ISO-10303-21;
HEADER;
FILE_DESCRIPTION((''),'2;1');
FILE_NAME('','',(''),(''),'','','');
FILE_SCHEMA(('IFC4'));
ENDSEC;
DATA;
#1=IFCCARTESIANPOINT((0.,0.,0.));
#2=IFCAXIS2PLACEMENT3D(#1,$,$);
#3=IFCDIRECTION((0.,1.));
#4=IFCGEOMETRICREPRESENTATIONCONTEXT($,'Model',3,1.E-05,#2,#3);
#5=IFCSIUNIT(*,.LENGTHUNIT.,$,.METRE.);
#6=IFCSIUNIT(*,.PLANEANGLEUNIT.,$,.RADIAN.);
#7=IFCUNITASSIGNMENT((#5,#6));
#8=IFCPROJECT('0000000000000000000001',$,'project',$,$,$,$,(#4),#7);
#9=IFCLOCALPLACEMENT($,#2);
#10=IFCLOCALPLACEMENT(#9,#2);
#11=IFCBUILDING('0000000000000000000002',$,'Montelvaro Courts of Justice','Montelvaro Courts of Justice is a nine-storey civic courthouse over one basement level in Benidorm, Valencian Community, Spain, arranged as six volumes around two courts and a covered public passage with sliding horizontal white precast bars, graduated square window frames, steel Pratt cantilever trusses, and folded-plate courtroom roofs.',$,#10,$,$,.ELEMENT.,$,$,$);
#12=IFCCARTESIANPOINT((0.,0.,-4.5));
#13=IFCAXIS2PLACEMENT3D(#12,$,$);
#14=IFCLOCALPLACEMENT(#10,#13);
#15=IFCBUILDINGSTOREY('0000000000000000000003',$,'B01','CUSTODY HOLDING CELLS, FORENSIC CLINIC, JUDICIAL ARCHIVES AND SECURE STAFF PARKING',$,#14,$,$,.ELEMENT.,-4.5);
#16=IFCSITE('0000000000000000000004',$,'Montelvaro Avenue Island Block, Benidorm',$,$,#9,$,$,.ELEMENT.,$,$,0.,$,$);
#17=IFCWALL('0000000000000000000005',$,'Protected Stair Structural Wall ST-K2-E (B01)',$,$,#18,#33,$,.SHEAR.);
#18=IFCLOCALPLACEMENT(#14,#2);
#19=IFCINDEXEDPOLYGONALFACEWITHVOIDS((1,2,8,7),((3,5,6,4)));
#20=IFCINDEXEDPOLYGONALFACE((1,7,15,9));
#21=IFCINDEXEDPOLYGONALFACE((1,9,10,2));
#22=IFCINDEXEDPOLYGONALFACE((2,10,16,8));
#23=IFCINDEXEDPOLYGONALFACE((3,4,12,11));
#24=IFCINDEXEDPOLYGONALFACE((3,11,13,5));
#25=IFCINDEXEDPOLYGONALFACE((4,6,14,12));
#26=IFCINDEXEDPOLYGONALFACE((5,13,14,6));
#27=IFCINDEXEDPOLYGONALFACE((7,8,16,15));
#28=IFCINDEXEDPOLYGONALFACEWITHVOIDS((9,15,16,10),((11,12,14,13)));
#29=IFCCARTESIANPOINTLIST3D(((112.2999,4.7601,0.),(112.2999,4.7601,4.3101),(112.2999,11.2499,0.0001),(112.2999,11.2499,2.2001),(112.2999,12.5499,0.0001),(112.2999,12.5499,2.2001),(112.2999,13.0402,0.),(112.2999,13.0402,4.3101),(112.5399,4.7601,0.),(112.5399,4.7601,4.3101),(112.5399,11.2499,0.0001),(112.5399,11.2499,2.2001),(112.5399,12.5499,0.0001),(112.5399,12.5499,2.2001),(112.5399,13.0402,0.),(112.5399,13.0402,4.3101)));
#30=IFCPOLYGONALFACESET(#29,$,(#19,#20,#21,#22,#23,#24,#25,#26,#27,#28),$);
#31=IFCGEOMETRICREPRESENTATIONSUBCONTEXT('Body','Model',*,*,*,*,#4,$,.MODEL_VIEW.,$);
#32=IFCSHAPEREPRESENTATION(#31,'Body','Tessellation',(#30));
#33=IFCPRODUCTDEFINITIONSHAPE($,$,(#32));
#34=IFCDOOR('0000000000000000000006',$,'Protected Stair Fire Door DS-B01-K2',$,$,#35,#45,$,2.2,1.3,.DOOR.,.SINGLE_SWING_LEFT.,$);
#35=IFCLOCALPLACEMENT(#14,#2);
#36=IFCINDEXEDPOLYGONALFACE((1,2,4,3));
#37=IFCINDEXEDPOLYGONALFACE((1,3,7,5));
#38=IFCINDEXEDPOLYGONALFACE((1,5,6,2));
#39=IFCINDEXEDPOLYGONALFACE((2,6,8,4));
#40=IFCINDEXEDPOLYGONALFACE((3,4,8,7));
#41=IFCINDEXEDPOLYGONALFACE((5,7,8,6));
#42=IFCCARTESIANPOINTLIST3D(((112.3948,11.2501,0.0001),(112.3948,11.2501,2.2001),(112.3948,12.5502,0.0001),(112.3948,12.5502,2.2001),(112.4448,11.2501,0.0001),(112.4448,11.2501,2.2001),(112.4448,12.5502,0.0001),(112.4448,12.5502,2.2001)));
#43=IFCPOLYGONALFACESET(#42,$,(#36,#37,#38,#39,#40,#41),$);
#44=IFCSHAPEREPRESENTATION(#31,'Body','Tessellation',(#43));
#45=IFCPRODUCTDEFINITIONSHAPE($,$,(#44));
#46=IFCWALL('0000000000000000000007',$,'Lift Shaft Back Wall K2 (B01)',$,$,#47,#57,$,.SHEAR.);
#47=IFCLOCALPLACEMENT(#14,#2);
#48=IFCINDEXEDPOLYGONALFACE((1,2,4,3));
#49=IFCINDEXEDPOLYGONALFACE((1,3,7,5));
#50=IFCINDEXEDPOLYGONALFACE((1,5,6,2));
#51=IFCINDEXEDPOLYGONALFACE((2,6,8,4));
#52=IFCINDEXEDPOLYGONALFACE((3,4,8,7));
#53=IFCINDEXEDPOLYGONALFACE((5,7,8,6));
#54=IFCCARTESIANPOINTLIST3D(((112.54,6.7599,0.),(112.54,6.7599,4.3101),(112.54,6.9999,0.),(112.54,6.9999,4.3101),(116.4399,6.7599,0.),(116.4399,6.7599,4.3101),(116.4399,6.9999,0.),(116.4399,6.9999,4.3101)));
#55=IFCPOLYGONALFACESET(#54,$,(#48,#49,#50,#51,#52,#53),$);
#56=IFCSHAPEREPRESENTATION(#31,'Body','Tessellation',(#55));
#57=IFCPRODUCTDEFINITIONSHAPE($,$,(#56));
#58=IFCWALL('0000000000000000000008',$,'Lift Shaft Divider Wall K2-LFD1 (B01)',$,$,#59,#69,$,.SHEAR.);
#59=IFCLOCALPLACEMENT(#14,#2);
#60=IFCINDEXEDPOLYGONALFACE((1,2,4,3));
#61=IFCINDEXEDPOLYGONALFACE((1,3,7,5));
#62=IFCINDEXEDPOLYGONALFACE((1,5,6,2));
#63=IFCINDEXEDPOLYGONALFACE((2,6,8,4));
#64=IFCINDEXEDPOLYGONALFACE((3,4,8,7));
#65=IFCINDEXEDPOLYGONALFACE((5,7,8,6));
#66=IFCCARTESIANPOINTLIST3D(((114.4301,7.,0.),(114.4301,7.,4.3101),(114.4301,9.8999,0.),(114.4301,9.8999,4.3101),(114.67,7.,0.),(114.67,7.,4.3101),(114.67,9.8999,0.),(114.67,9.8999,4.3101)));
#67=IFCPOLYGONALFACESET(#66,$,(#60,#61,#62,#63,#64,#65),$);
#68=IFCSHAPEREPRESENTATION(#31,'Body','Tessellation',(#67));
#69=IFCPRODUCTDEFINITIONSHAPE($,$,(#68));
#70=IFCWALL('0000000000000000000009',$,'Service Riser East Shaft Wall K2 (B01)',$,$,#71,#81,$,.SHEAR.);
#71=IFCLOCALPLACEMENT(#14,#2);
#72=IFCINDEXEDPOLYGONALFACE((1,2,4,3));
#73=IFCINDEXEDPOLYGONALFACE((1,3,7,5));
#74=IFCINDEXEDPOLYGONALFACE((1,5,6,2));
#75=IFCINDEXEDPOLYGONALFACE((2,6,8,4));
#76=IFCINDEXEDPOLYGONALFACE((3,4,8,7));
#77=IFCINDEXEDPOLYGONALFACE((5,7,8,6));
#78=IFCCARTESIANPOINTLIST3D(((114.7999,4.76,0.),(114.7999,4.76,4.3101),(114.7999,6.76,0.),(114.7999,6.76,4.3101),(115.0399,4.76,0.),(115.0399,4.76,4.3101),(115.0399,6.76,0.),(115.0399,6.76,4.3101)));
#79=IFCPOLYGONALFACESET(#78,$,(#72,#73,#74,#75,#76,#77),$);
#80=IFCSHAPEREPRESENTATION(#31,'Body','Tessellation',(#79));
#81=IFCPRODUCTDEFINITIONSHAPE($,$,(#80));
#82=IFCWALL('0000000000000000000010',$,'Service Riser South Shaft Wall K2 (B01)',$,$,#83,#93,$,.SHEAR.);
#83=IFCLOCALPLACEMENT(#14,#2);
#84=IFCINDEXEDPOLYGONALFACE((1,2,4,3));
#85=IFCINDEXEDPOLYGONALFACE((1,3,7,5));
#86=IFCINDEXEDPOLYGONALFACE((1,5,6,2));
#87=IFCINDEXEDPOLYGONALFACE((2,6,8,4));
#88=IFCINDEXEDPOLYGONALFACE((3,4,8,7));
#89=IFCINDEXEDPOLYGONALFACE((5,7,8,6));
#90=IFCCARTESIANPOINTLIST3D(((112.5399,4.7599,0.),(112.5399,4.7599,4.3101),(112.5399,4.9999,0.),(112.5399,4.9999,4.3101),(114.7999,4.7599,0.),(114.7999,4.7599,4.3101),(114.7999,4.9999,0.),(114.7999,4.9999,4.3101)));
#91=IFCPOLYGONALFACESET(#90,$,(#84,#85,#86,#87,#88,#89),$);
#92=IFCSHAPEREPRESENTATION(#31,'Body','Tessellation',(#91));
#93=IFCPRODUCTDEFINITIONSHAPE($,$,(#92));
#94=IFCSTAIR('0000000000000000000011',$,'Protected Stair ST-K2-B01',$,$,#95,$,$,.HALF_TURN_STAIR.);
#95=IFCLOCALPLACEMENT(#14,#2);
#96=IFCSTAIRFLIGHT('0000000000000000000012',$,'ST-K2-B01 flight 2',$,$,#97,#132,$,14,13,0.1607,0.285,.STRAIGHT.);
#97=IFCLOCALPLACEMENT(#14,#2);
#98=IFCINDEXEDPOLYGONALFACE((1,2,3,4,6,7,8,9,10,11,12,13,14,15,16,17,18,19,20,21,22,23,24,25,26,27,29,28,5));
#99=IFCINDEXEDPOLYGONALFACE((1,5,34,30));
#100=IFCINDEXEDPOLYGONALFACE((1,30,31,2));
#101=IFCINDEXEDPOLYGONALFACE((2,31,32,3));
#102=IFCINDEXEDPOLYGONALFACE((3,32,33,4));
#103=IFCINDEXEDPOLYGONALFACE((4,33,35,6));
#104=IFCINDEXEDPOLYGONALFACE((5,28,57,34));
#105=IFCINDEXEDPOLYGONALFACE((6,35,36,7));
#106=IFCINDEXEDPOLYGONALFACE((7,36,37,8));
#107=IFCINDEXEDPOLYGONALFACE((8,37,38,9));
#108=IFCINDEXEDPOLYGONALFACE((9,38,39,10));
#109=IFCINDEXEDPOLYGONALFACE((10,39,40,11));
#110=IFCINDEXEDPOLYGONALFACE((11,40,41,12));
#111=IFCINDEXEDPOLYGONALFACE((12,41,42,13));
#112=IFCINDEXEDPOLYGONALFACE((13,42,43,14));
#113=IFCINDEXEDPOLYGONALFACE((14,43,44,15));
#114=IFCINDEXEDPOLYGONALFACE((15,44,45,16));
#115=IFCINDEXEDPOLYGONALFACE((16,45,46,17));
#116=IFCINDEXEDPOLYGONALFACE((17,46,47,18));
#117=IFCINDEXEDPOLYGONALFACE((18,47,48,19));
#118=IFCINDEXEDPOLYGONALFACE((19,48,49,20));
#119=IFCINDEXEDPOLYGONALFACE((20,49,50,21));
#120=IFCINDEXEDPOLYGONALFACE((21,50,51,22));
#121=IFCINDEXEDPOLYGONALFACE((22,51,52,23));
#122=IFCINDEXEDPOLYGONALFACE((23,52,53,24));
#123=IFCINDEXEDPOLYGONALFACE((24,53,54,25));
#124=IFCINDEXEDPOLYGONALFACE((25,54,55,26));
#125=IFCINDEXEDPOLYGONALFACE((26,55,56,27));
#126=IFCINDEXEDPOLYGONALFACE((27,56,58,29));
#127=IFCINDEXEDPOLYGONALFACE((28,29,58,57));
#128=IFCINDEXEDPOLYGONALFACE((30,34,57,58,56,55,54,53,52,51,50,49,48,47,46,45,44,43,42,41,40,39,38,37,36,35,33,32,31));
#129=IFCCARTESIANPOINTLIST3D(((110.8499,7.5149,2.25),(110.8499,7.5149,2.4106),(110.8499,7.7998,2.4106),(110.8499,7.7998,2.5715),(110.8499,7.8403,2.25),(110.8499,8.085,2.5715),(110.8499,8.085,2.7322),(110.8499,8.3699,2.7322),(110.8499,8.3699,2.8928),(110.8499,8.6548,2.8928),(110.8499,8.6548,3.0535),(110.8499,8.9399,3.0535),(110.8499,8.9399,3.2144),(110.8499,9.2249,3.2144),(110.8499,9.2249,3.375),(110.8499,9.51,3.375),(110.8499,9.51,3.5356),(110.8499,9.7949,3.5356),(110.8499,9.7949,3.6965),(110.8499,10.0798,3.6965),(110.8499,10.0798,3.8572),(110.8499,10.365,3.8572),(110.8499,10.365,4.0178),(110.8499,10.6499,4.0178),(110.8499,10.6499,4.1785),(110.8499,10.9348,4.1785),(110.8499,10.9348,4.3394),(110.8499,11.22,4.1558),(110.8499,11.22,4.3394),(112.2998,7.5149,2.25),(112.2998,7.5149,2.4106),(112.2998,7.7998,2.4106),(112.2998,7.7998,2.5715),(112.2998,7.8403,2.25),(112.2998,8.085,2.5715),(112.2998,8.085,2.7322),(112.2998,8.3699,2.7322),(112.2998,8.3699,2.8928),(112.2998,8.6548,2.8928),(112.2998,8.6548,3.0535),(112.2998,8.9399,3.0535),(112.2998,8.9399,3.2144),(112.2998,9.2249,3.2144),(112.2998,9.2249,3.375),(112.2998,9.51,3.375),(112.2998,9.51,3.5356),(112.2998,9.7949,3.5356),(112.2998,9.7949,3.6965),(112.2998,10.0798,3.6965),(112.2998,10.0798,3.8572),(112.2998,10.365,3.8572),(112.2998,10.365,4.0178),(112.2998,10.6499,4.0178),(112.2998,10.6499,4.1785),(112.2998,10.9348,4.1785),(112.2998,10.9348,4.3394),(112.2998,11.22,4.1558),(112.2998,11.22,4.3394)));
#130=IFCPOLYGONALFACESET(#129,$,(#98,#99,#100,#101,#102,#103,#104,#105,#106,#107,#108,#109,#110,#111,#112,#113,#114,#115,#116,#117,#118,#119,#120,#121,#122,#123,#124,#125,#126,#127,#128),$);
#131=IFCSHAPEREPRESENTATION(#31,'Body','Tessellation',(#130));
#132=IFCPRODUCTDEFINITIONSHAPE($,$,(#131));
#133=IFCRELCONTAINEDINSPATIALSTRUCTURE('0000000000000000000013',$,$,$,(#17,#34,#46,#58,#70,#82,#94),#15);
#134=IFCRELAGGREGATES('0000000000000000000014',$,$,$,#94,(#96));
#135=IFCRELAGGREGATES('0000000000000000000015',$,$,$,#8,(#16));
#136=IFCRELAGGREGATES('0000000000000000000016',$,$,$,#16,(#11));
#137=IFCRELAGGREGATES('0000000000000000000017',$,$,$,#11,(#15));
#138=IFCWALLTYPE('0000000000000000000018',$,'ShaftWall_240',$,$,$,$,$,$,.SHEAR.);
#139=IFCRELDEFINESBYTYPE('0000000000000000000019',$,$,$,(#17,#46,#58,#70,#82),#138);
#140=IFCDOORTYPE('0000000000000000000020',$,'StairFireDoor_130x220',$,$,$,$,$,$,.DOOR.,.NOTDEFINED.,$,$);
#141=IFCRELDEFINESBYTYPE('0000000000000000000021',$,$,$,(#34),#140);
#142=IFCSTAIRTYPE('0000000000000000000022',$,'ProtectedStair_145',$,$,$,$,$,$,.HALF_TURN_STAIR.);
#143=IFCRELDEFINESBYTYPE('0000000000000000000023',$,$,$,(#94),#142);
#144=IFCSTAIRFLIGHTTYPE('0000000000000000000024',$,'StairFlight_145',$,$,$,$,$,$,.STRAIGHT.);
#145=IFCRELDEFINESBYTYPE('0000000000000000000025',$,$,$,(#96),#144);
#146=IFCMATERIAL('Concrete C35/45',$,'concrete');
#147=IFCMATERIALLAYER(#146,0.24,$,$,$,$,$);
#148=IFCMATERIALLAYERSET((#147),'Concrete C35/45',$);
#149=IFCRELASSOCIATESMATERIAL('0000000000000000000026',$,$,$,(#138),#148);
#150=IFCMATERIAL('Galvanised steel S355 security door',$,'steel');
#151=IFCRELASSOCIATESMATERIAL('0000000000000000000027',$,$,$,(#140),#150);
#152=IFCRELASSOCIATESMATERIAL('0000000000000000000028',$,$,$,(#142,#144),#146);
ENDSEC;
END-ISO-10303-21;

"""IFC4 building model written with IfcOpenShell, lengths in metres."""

from ifc_helpers import new_model, si_unit, direction, frame, frame_2d, origin, place, context, subcontext, project, spatial, polyline, rectangle, outline, extrude, material, layer, layer_set, type_object, element, fill, aggregate, save


model = new_model("IFC4")

# Units and contexts
model_context = context("Model", 3, precision=1e-05, world=origin(), true_north=direction((0.0, 1.0)))
body_context = subcontext(model_context, "Body", "Model", "MODEL_VIEW")
ifc_project = project(units=[si_unit("LENGTHUNIT", "METRE"), si_unit("PLANEANGLEUNIT", "RADIAN")], contexts=[model_context])

# Site, building, storey
site_placement = place(None, origin())
site = spatial("IfcSite", under=ifc_project, at=site_placement, Name="Montelvaro Avenue Island Block, Benidorm", CompositionType="ELEMENT", RefElevation=0.0)
building_placement = place(site_placement, origin())
building = spatial("IfcBuilding", under=site, at=building_placement, Name="Montelvaro Courts of Justice", Description="Montelvaro Courts of Justice is a nine-storey civic courthouse over one basement level in Benidorm, Valencian Community, Spain, arranged as six volumes around two courts and a covered public passage with sliding horizontal white precast bars, graduated square window frames, steel Pratt cantilever trusses, and folded-plate courtroom roofs.", CompositionType="ELEMENT")
storey_placement = place(building_placement, frame((0.0, 0.0, -4.5)))
storey = spatial("IfcBuildingStorey", under=building, at=storey_placement, Name="B01", Description="CUSTODY HOLDING CELLS, FORENSIC CLINIC, JUDICIAL ARCHIVES AND SECURE STAFF PARKING", CompositionType="ELEMENT", Elevation=-4.5)

# Shared definitions
ifc_material_1 = material(Name="Concrete C35/45", Category="concrete")

# Wall, opening, door
ifc_layer_1 = layer(ifc_material_1, 0.24)
ifc_layer_set_1 = layer_set([ifc_layer_1], Name="Concrete C35/45")
wall_type_1 = type_object("IfcWallType", Name="ShaftWall_240", PredefinedType="SHEAR", material=ifc_layer_set_1)
wall_1_placement = place(storey_placement, frame((112.4199, 4.76, 0.0), z_axis=(0.0, 0.0, 1.0), x_axis=(0.0, 1.0, 0.0)))
wall_1 = element("IfcWall", 1, at=wall_1_placement, inside=storey, type_object=wall_type_1, Name="Protected Stair Structural Wall ST-K2-E (B01)", PredefinedType="SHEAR", context=body_context, shape_type="SweptSolid", body=[
    extrude(rectangle(XDim=8.28, YDim=0.24, at=frame_2d((4.1401, 0.0))), origin(), (0.0, 0.0, 1.0), 4.3101),
])
opening_placement = place(wall_1_placement, frame((6.49, 0.0, 0.0)))
opening = element("IfcOpeningElement", 2, at=opening_placement, cuts=wall_1, PredefinedType="OPENING", context=body_context, shape_type="SweptSolid", body=[
    extrude(rectangle(XDim=1.3, YDim=2.2, at=frame_2d((0.6499, 1.1001))), frame((0.0, 0.1348, 0.0), z_axis=(0.0, -1.0, 0.0), x_axis=(1.0, 0.0, 0.0)), (0.0, 0.0, 1.0), 0.2698),
])
ifc_material_2 = material(Name="Galvanised steel S355 security door", Category="steel")
door_type = type_object("IfcDoorType", Name="StairFireDoor_130x220", OperationType="NOTDEFINED", PredefinedType="DOOR", material=ifc_material_2)
door_placement = place(opening_placement, frame((1.3, 0.0, 0.0), z_axis=(0.0, 0.0, 1.0), x_axis=(-1.0, 0.0, 0.0)))
door = element("IfcDoor", 3, at=door_placement, inside=storey, type_object=door_type, Name="Protected Stair Fire Door DS-B01-K2", OperationType="SINGLE_SWING_LEFT", OverallHeight=2.2, OverallWidth=1.3, PredefinedType="DOOR", context=body_context, shape_type="SweptSolid", body=[
    extrude(rectangle(XDim=1.3, YDim=2.2, at=frame_2d((0.6499, 1.1001))), frame((0.0, 0.0249, 0.0), z_axis=(0.0, -1.0, 0.0), x_axis=(1.0, 0.0, 0.0)), (0.0, 0.0, 1.0), 0.05),
])
fill(opening, door)

# Walls
wall_2_placement = place(storey_placement, frame((112.54, 6.8799, 0.0), z_axis=(0.0, 0.0, 1.0), x_axis=(1.0, 0.0, 0.0)))
element("IfcWall", 4, at=wall_2_placement, inside=storey, type_object=wall_type_1, Name="Lift Shaft Back Wall K2 (B01)", PredefinedType="SHEAR", context=body_context, shape_type="SweptSolid", body=[
    extrude(rectangle(XDim=3.8999, YDim=0.24, at=frame_2d((1.95, 0.0))), origin(), (0.0, 0.0, 1.0), 4.3101),
])
wall_3_placement = place(storey_placement, frame((114.55, 7.0, 0.0), z_axis=(0.0, 0.0, 1.0), x_axis=(0.0, 1.0, 0.0)))
element("IfcWall", 5, at=wall_3_placement, inside=storey, type_object=wall_type_1, Name="Lift Shaft Divider Wall K2-LFD1 (B01)", PredefinedType="SHEAR", context=body_context, shape_type="SweptSolid", body=[
    extrude(rectangle(XDim=2.8999, YDim=0.24, at=frame_2d((1.45, 0.0))), origin(), (0.0, 0.0, 1.0), 4.3101),
])
wall_4_placement = place(storey_placement, frame((114.9199, 4.76, 0.0), z_axis=(0.0, 0.0, 1.0), x_axis=(0.0, 1.0, 0.0)))
element("IfcWall", 6, at=wall_4_placement, inside=storey, type_object=wall_type_1, Name="Service Riser East Shaft Wall K2 (B01)", PredefinedType="SHEAR", context=body_context, shape_type="SweptSolid", body=[
    extrude(rectangle(XDim=2.0, YDim=0.24, at=frame_2d((1.0, 0.0))), origin(), (0.0, 0.0, 1.0), 4.3101),
])
wall_5_placement = place(storey_placement, frame((112.54, 4.8799, 0.0), z_axis=(0.0, 0.0, 1.0), x_axis=(1.0, 0.0, 0.0)))
element("IfcWall", 7, at=wall_5_placement, inside=storey, type_object=wall_type_1, Name="Service Riser South Shaft Wall K2 (B01)", PredefinedType="SHEAR", context=body_context, shape_type="SweptSolid", body=[
    extrude(rectangle(XDim=2.26, YDim=0.24, at=frame_2d((1.1299, 0.0))), origin(), (0.0, 0.0, 1.0), 4.3101),
])

# Stair, stair flight
stair_type = type_object("IfcStairType", Name="ProtectedStair_145", PredefinedType="HALF_TURN_STAIR", material=ifc_material_1)
stair_placement = place(storey_placement, origin())
stair = element("IfcStair", 8, at=stair_placement, inside=storey, type_object=stair_type, Name="Protected Stair ST-K2-B01", PredefinedType="HALF_TURN_STAIR")
stair_flight_type = type_object("IfcStairFlightType", Name="StairFlight_145", PredefinedType="STRAIGHT", material=ifc_material_1)
stair_flight_placement = place(storey_placement, frame((111.575, 7.5149, 2.25), z_axis=(0.0, 0.0, 1.0), x_axis=(0.0, 1.0, 0.0)))
stair_flight = element("IfcStairFlight", 9, at=stair_flight_placement, type_object=stair_flight_type, Name="ST-K2-B01 flight 2", NumberOfRisers=14, NumberOfTreads=13, PredefinedType="STRAIGHT", RiserHeight=0.1607, TreadLength=0.285, context=body_context, shape_type="SweptSolid", body=[
    extrude(outline(polyline([(0.0, 0.0), (0.0, 0.1606), (0.2849, 0.1606), (0.2849, 0.3215), (0.5701, 0.3215), (0.5701, 0.4822), (0.855, 0.4822), (0.855, 0.6428), (1.1399, 0.6428), (1.1399, 0.8035), (1.425, 0.8035), (1.425, 0.9644), (1.71, 0.9644), (1.71, 1.125), (1.9951, 1.125), (1.9951, 1.2856), (2.28, 1.2856), (2.28, 1.4465), (2.5649, 1.4465), (2.5649, 1.6072), (2.8501, 1.6072), (2.8501, 1.7678), (3.135, 1.7678), (3.135, 1.9285), (3.4199, 1.9285), (3.4199, 2.0894), (3.7051, 2.0894), (3.7051, 2.25), (3.7051, 1.9058), (0.3254, 0.0), (0.0, 0.0)])), frame((0.0, 0.7251, 0.0), z_axis=(0.0, -1.0, 0.0), x_axis=(1.0, 0.0, 0.0)), (0.0, 0.0, 1.0), 1.45),
])
aggregate(stair, [stair_flight])

save(model, "model.ifc")
